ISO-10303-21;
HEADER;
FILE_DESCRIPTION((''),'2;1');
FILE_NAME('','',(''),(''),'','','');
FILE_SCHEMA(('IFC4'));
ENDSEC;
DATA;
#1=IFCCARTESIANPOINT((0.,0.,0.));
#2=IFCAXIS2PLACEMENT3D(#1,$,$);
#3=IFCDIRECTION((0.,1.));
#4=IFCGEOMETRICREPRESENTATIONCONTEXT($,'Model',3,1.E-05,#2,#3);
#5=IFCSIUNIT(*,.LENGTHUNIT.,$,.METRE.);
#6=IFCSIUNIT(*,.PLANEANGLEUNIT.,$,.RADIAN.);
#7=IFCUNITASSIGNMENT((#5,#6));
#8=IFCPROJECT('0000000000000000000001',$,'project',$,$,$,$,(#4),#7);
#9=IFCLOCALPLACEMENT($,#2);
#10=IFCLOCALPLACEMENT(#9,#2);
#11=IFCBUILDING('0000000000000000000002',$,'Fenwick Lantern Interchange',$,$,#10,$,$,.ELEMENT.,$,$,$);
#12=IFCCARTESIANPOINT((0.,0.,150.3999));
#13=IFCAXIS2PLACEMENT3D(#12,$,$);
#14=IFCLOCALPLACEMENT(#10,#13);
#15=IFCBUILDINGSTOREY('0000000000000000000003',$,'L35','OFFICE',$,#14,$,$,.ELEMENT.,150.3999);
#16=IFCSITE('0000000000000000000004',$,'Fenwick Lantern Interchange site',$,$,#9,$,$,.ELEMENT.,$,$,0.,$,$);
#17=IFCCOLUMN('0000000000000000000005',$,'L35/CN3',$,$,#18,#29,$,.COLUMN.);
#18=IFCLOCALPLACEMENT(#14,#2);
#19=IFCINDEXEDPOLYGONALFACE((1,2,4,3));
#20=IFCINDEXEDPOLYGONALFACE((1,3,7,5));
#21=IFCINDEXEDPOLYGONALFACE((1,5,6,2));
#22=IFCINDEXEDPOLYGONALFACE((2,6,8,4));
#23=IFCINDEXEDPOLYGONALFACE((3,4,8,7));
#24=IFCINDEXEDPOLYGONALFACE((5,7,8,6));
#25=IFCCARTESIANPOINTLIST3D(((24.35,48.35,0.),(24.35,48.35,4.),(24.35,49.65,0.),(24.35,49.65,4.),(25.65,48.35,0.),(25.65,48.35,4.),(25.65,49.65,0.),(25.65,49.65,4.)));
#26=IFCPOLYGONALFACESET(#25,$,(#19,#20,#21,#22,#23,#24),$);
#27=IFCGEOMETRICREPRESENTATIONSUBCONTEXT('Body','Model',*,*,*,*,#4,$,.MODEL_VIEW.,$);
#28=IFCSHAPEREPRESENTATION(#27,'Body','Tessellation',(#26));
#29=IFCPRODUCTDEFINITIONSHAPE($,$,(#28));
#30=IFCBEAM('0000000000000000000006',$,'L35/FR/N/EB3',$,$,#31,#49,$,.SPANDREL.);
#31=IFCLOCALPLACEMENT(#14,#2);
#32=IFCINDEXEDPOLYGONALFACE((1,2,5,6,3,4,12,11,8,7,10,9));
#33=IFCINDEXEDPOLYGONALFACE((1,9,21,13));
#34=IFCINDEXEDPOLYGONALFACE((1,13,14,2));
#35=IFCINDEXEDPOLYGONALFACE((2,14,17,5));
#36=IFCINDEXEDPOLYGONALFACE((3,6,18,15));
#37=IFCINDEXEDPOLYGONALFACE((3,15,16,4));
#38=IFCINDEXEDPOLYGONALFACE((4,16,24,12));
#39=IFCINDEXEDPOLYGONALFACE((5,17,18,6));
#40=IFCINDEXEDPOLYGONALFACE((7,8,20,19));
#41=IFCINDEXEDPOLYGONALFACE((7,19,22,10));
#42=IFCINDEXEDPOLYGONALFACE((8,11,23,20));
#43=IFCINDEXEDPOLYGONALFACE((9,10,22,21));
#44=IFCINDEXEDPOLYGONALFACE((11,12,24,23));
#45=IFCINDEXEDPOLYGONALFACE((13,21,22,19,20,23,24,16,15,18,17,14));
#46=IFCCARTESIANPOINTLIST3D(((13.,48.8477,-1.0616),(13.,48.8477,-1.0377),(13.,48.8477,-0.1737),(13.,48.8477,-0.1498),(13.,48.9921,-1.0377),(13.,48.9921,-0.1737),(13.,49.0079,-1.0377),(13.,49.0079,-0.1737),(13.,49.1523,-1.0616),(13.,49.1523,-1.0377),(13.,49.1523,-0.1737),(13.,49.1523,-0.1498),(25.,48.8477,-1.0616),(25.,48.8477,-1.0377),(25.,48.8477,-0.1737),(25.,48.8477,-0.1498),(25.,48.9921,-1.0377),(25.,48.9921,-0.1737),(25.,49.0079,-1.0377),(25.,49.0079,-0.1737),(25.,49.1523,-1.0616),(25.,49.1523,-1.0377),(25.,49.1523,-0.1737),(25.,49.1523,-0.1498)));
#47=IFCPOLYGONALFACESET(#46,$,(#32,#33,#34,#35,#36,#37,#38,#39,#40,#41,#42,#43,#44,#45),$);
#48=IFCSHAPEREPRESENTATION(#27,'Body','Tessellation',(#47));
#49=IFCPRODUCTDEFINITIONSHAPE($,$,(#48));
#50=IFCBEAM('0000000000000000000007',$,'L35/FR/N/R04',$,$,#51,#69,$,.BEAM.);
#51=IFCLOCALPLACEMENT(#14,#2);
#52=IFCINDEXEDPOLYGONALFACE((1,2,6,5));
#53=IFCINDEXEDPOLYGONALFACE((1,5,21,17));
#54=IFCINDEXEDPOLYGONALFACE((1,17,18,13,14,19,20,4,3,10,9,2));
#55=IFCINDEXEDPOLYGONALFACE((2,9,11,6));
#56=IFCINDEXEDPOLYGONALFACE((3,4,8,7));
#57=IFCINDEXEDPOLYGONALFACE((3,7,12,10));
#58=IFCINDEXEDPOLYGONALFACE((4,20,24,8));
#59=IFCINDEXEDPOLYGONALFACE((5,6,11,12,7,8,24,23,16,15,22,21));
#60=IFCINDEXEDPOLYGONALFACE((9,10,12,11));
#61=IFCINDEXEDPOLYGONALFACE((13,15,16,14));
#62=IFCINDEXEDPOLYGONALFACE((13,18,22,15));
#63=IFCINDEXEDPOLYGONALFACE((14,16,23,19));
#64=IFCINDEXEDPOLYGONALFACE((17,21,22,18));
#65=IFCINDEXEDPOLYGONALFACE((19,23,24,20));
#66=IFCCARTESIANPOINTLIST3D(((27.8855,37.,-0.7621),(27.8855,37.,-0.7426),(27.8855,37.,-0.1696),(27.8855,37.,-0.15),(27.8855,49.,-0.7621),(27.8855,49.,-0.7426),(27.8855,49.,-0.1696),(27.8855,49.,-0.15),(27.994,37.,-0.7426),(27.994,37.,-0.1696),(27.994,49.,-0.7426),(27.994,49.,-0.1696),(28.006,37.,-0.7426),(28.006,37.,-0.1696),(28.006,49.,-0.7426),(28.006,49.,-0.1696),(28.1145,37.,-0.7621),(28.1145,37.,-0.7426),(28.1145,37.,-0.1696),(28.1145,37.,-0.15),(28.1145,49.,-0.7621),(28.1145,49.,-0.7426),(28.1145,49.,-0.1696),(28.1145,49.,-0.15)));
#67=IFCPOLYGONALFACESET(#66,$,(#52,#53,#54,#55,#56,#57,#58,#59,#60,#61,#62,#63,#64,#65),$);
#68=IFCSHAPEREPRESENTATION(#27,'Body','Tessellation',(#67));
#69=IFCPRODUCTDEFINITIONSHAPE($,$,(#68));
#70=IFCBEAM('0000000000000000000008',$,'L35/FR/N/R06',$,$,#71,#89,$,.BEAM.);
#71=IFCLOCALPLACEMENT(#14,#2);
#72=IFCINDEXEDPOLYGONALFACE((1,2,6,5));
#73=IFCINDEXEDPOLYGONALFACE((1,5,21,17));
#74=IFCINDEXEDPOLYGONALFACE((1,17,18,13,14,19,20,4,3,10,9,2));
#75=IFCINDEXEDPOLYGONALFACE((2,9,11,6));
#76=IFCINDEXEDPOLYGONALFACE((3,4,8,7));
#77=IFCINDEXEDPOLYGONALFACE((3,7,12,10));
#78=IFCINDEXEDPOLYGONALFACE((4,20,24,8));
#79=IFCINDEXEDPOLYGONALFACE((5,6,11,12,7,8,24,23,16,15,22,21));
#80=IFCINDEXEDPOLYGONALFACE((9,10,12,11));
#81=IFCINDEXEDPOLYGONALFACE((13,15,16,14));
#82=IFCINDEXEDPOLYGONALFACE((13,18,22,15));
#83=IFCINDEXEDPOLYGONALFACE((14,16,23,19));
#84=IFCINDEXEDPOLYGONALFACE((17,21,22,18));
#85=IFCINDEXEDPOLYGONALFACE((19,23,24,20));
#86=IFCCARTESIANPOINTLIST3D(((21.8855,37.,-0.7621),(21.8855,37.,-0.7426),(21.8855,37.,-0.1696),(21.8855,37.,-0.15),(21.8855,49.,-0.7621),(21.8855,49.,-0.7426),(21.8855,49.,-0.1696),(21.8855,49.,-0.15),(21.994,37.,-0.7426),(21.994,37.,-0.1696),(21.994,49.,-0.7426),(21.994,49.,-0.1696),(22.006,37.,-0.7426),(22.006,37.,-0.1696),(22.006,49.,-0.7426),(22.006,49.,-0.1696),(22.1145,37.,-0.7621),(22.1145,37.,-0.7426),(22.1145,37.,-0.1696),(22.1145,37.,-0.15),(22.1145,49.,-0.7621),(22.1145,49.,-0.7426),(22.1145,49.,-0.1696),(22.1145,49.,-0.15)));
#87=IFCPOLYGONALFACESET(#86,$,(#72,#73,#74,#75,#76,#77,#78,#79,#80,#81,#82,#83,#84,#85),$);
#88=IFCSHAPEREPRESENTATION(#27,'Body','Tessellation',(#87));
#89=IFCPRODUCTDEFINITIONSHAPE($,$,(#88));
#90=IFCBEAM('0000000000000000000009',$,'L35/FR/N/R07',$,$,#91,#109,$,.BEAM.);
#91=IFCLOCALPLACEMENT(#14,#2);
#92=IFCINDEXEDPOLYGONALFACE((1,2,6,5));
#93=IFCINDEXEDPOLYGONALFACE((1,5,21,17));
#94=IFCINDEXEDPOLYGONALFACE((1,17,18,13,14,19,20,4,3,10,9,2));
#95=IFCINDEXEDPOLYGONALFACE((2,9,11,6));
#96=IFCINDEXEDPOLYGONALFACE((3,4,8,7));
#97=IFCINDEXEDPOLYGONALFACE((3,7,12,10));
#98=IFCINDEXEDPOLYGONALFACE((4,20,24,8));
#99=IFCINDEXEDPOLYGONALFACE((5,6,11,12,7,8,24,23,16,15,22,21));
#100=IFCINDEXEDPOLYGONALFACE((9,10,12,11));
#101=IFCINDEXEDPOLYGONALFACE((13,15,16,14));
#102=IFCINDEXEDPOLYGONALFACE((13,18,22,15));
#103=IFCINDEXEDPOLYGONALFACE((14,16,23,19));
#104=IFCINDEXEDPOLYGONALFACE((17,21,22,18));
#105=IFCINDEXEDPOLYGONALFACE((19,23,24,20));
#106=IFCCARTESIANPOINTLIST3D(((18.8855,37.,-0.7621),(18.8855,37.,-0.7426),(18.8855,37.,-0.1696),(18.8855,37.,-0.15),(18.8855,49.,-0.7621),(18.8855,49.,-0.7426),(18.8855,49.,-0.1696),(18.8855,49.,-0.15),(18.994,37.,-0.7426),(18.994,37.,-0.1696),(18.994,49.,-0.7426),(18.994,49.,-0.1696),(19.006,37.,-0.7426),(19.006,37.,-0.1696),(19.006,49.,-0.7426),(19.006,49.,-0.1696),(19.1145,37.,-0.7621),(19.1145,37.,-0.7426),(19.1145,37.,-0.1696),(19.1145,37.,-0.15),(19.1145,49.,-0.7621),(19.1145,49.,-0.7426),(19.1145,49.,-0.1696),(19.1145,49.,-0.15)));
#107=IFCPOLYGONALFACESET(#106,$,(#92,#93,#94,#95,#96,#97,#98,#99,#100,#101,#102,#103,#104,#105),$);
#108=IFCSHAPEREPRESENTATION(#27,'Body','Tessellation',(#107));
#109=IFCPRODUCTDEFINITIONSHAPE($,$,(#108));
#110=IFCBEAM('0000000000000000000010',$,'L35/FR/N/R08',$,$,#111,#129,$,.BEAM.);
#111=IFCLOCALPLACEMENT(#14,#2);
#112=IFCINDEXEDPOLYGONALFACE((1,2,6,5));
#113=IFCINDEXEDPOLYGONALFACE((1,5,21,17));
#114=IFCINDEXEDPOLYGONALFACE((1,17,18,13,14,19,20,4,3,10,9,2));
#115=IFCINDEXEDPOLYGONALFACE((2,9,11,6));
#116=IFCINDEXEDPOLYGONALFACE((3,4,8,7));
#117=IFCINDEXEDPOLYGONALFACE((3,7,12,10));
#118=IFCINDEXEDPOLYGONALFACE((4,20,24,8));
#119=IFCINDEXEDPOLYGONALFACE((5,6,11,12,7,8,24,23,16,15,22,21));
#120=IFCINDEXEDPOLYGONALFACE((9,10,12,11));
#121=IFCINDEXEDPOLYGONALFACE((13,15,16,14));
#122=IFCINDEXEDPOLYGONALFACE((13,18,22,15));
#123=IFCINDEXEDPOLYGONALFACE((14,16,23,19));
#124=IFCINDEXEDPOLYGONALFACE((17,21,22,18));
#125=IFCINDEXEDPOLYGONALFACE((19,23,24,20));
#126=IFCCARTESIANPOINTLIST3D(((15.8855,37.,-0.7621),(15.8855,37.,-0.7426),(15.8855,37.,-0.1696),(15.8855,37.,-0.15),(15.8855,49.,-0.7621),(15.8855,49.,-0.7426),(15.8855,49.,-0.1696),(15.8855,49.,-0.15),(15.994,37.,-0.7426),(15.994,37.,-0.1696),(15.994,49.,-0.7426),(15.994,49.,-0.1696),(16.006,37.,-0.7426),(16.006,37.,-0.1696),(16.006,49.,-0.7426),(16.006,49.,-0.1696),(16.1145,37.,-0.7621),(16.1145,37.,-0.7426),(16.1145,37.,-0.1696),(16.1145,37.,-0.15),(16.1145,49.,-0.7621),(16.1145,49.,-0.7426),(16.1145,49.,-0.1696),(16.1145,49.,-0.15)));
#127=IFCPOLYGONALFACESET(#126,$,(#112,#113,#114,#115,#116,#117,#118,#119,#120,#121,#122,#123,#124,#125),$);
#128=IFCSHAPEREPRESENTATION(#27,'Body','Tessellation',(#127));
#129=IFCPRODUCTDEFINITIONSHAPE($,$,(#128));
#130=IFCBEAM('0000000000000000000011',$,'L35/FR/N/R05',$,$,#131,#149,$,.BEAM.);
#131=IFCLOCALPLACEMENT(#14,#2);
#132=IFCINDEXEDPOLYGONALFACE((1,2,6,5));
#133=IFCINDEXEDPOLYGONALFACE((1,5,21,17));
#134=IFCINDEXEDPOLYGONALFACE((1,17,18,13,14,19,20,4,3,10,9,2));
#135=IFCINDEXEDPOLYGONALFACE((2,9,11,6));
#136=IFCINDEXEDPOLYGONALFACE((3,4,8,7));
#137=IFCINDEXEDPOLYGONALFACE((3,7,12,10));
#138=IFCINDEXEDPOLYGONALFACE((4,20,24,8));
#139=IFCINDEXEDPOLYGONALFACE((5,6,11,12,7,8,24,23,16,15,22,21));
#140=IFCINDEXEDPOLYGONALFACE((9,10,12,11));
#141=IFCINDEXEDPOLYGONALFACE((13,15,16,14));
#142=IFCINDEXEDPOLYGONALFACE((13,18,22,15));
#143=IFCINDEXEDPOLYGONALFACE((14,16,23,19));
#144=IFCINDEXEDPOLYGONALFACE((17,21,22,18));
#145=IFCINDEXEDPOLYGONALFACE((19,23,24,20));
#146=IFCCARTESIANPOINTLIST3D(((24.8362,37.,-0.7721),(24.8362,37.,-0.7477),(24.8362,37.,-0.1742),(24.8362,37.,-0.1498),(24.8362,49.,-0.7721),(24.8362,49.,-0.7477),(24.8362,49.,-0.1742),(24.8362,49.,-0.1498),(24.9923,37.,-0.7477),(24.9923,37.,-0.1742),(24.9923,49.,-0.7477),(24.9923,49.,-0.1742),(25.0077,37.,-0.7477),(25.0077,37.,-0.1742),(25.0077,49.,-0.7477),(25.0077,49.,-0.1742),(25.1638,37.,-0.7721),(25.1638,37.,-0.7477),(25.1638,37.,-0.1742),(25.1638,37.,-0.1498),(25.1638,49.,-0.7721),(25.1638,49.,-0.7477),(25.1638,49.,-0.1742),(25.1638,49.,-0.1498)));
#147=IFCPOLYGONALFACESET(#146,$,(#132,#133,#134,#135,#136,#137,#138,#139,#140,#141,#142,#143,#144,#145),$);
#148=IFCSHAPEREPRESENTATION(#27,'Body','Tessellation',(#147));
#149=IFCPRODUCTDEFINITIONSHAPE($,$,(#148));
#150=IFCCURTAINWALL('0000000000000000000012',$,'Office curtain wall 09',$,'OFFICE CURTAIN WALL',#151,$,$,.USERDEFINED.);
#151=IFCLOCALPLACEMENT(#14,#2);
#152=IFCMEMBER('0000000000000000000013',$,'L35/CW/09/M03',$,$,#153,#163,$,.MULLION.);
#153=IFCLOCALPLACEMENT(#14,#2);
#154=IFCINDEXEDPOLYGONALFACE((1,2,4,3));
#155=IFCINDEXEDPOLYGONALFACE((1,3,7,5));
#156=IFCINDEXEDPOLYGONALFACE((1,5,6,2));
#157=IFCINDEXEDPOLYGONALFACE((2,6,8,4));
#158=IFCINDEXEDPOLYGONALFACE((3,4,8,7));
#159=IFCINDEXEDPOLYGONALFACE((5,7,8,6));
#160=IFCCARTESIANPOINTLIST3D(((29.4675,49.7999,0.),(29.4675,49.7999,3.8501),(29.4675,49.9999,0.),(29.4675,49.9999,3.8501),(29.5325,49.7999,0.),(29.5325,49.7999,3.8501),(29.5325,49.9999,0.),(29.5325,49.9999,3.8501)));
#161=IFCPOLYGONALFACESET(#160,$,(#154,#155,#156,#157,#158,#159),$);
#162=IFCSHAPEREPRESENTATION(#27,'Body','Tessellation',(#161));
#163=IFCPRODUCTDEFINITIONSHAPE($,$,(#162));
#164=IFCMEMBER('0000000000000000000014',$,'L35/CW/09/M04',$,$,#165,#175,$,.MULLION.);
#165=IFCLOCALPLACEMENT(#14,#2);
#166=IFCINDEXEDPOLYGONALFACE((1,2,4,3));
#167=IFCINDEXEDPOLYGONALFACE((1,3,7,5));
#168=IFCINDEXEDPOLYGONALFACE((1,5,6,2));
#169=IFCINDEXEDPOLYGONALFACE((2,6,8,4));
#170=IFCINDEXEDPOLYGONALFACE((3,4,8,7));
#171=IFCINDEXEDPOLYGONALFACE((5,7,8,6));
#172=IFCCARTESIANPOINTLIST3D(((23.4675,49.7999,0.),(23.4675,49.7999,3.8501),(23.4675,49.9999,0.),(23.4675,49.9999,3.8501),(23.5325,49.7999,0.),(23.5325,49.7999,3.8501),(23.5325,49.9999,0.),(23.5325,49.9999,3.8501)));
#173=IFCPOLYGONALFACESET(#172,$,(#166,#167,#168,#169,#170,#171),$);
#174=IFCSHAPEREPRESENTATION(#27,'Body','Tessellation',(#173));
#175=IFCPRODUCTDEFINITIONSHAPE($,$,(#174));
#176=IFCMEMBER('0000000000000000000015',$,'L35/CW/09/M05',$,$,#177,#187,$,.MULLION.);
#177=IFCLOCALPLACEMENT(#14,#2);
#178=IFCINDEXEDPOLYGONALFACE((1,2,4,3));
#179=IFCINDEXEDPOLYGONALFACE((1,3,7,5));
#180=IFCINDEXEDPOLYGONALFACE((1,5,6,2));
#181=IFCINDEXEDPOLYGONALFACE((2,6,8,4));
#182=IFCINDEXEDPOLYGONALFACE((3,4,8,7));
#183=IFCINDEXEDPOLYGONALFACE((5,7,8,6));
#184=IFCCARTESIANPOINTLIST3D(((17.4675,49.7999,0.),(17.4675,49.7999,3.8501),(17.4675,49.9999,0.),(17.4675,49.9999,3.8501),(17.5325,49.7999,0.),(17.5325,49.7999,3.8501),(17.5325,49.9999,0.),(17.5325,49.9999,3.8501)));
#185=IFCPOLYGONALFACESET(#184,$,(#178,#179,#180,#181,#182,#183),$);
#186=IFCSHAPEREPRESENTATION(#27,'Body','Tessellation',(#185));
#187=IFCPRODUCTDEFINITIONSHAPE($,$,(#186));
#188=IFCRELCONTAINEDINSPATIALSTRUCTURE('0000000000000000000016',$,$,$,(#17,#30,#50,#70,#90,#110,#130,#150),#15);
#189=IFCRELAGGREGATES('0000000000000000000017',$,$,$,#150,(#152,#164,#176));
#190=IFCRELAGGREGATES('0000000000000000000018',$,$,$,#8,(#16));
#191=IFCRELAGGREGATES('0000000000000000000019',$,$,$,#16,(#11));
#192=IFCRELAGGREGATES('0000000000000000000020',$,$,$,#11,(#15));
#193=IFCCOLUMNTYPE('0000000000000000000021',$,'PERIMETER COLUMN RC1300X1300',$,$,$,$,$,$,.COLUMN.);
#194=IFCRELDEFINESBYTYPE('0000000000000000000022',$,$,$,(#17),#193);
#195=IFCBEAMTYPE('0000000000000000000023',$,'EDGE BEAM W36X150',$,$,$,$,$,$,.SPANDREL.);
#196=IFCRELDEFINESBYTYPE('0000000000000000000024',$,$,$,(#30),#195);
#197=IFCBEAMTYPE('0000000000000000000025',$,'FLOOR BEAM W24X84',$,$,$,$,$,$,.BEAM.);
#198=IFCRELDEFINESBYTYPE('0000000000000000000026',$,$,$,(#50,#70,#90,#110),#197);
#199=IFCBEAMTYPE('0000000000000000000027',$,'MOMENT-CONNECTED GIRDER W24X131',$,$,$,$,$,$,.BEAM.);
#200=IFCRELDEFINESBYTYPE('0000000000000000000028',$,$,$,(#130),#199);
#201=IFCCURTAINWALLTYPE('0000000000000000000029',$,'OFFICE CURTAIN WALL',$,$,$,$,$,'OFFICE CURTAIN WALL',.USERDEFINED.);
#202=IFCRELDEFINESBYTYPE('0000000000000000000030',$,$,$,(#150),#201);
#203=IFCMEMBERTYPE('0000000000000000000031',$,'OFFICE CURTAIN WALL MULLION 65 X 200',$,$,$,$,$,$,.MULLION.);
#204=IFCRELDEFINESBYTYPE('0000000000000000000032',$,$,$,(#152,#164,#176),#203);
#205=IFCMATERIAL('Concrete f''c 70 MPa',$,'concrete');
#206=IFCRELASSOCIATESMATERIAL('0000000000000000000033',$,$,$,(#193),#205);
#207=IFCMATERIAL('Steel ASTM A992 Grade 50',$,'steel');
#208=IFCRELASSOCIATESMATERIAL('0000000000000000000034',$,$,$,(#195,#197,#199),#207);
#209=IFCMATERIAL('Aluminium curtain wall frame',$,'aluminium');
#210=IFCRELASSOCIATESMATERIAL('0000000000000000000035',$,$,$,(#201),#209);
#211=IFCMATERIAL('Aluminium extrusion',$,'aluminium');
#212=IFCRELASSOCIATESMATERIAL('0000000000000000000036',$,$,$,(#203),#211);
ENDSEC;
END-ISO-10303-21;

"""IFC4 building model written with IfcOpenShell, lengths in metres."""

from ifc_helpers import new_model, si_unit, direction, frame, origin, origin_2d, place, context, subcontext, project, spatial, rectangle, i_section, extrude, material, material_profile, profile_set, type_object, element, aggregate, save


model = new_model("IFC4")

# Units and contexts
model_context = context("Model", 3, precision=1e-05, world=origin(), true_north=direction((0.0, 1.0)))
body_context = subcontext(model_context, "Body", "Model", "MODEL_VIEW")
ifc_project = project(units=[si_unit("LENGTHUNIT", "METRE"), si_unit("PLANEANGLEUNIT", "RADIAN")], contexts=[model_context])

# Site, building, storey
site_placement = place(None, origin())
site = spatial("IfcSite", under=ifc_project, at=site_placement, Name="Fenwick Lantern Interchange site", CompositionType="ELEMENT", RefElevation=0.0)
building_placement = place(site_placement, origin())
building = spatial("IfcBuilding", under=site, at=building_placement, Name="Fenwick Lantern Interchange", CompositionType="ELEMENT")
storey_placement = place(building_placement, frame((0.0, 0.0, 150.3999)))
storey = spatial("IfcBuildingStorey", under=building, at=storey_placement, Name="L35", Description="OFFICE", CompositionType="ELEMENT", Elevation=150.3999)

# Column
ifc_material_1 = material(Name="Concrete f'c 70 MPa", Category="concrete")
ifc_material_profile_1 = material_profile(ifc_material_1, rectangle(XDim=1.3, YDim=1.3, at=origin_2d()), Name="RC1300X1300")
ifc_profile_set_1 = profile_set([ifc_material_profile_1], Name="Concrete f'c 70 MPa")
column_type = type_object("IfcColumnType", Name="PERIMETER COLUMN RC1300X1300", PredefinedType="COLUMN", material=ifc_profile_set_1)
column_placement = place(storey_placement, frame((25.0, 49.0, 0.0), z_axis=(0.0, 0.0, 1.0), x_axis=(1.0, 0.0, 0.0)))
element("IfcColumn", 1, at=column_placement, inside=storey, type_object=column_type, Name="L35/CN3", PredefinedType="COLUMN", context=body_context, shape_type="SweptSolid", body=[
    extrude(rectangle(XDim=1.3, YDim=1.3, at=origin_2d()), origin(), (0.0, 0.0, 1.0), 4.0),
])

# Beams
ifc_material_2 = material(Name="Steel ASTM A992 Grade 50", Category="steel")
ifc_material_profile_2 = material_profile(ifc_material_2, i_section(OverallWidth=0.3047, OverallDepth=0.9119, WebThickness=0.0159, FlangeThickness=0.0239, at=origin_2d()), Name="W36X150")
ifc_profile_set_2 = profile_set([ifc_material_profile_2], Name="Steel ASTM A992 Grade 50")
beam_type_1 = type_object("IfcBeamType", Name="EDGE BEAM W36X150", PredefinedType="SPANDREL", material=ifc_profile_set_2)
beam_1_placement = place(storey_placement, frame((25.0, 49.0, -0.6057), z_axis=(-1.0, 0.0, 0.0), x_axis=(0.0, -1.0, 0.0)))
element("IfcBeam", 2, at=beam_1_placement, inside=storey, type_object=beam_type_1, Name="L35/FR/N/EB3", PredefinedType="SPANDREL", context=body_context, shape_type="SweptSolid", body=[
    extrude(i_section(OverallWidth=0.3047, OverallDepth=0.9119, WebThickness=0.0159, FlangeThickness=0.0239, at=origin_2d()), origin(), (0.0, 0.0, 1.0), 12.0),
])
ifc_material_profile_3 = material_profile(ifc_material_2, i_section(OverallWidth=0.229, OverallDepth=0.6121, WebThickness=0.012, FlangeThickness=0.0195, at=origin_2d()), Name="W24X84")
ifc_profile_set_3 = profile_set([ifc_material_profile_3], Name="Steel ASTM A992 Grade 50")
beam_type_2 = type_object("IfcBeamType", Name="FLOOR BEAM W24X84", PredefinedType="BEAM", material=ifc_profile_set_3)
for number, where, z_axis, x_axis, name in (
    (3, (28.0, 49.0, -0.4561), (0.0, -1.0, 0.0), (1.0, 0.0, 0.0), "L35/FR/N/R04"),
    (4, (22.0, 49.0, -0.4561), (0.0, -1.0, 0.0), (1.0, 0.0, 0.0), "L35/FR/N/R06"),
    (5, (19.0, 49.0, -0.4561), (0.0, -1.0, 0.0), (1.0, 0.0, 0.0), "L35/FR/N/R07"),
    (6, (16.0, 49.0, -0.4561), (0.0, -1.0, 0.0), (1.0, 0.0, 0.0), "L35/FR/N/R08"),
):
    element("IfcBeam", number, at=place(storey_placement, frame(where, z_axis=z_axis, x_axis=x_axis)), inside=storey, type_object=beam_type_2, Name=name, PredefinedType="BEAM", context=body_context, shape_type="SweptSolid", body=[
        extrude(i_section(OverallWidth=0.229, OverallDepth=0.6121, WebThickness=0.012, FlangeThickness=0.0195, at=origin_2d()), origin(), (0.0, 0.0, 1.0), 12.0),
    ])
ifc_material_profile_4 = material_profile(ifc_material_2, i_section(OverallWidth=0.3276, OverallDepth=0.6223, WebThickness=0.0154, FlangeThickness=0.0244, at=origin_2d()), Name="W24X131")
ifc_profile_set_4 = profile_set([ifc_material_profile_4], Name="Steel ASTM A992 Grade 50")
beam_type_3 = type_object("IfcBeamType", Name="MOMENT-CONNECTED GIRDER W24X131", PredefinedType="BEAM", material=ifc_profile_set_4)
beam_2_placement = place(storey_placement, frame((25.0, 49.0, -0.4609), z_axis=(0.0, -1.0, 0.0), x_axis=(1.0, 0.0, 0.0)))
element("IfcBeam", 7, at=beam_2_placement, inside=storey, type_object=beam_type_3, Name="L35/FR/N/R05", PredefinedType="BEAM", context=body_context, shape_type="SweptSolid", body=[
    extrude(i_section(OverallWidth=0.3276, OverallDepth=0.6223, WebThickness=0.0154, FlangeThickness=0.0244, at=origin_2d()), origin(), (0.0, 0.0, 1.0), 12.0),
])

# Curtain wall, members
ifc_material_3 = material(Name="Aluminium curtain wall frame", Category="aluminium")
curtain_wall_type = type_object("IfcCurtainWallType", Name="OFFICE CURTAIN WALL", ElementType="OFFICE CURTAIN WALL", PredefinedType="USERDEFINED", material=ifc_material_3)
curtain_wall_placement = place(storey_placement, origin())
curtain_wall = element("IfcCurtainWall", 8, at=curtain_wall_placement, inside=storey, type_object=curtain_wall_type, Name="Office curtain wall 09", ObjectType="OFFICE CURTAIN WALL", PredefinedType="USERDEFINED")
ifc_material_4 = material(Name="Aluminium extrusion", Category="aluminium")
ifc_material_profile_5 = material_profile(ifc_material_4, rectangle(XDim=0.2, YDim=0.0649, at=origin_2d()), Name="OFFICE CURTAIN WALL MULLION 65 X 200")
ifc_profile_set_5 = profile_set([ifc_material_profile_5], Name="Aluminium extrusion")
member_type_1 = type_object("IfcMemberType", Name="OFFICE CURTAIN WALL MULLION 65 X 200", PredefinedType="MULLION", material=ifc_profile_set_5)
member_1_placement = place(storey_placement, frame((29.5, 49.8999, 0.0), z_axis=(0.0, 0.0, 1.0), x_axis=(0.0, -1.0, 0.0)))
member_1 = element("IfcMember", 9, at=member_1_placement, type_object=member_type_1, Name="L35/CW/09/M03", PredefinedType="MULLION", context=body_context, shape_type="SweptSolid", body=[
    extrude(rectangle(XDim=0.2, YDim=0.0649, at=origin_2d()), origin(), (0.0, 0.0, 1.0), 3.8501),
])
member_2_placement = place(storey_placement, frame((23.5, 49.8999, 0.0), z_axis=(0.0, 0.0, 1.0), x_axis=(0.0, -1.0, 0.0)))
member_2 = element("IfcMember", 10, at=member_2_placement, type_object=member_type_1, Name="L35/CW/09/M04", PredefinedType="MULLION", context=body_context, shape_type="SweptSolid", body=[
    extrude(rectangle(XDim=0.2, YDim=0.0649, at=origin_2d()), origin(), (0.0, 0.0, 1.0), 3.8501),
])
member_3_placement = place(storey_placement, frame((17.5, 49.8999, 0.0), z_axis=(0.0, 0.0, 1.0), x_axis=(0.0, -1.0, 0.0)))
member_3 = element("IfcMember", 11, at=member_3_placement, type_object=member_type_1, Name="L35/CW/09/M05", PredefinedType="MULLION", context=body_context, shape_type="SweptSolid", body=[
    extrude(rectangle(XDim=0.2, YDim=0.0649, at=origin_2d()), origin(), (0.0, 0.0, 1.0), 3.8501),
])
aggregate(curtain_wall, [member_1, member_2, member_3])

save(model, "model.ifc")
